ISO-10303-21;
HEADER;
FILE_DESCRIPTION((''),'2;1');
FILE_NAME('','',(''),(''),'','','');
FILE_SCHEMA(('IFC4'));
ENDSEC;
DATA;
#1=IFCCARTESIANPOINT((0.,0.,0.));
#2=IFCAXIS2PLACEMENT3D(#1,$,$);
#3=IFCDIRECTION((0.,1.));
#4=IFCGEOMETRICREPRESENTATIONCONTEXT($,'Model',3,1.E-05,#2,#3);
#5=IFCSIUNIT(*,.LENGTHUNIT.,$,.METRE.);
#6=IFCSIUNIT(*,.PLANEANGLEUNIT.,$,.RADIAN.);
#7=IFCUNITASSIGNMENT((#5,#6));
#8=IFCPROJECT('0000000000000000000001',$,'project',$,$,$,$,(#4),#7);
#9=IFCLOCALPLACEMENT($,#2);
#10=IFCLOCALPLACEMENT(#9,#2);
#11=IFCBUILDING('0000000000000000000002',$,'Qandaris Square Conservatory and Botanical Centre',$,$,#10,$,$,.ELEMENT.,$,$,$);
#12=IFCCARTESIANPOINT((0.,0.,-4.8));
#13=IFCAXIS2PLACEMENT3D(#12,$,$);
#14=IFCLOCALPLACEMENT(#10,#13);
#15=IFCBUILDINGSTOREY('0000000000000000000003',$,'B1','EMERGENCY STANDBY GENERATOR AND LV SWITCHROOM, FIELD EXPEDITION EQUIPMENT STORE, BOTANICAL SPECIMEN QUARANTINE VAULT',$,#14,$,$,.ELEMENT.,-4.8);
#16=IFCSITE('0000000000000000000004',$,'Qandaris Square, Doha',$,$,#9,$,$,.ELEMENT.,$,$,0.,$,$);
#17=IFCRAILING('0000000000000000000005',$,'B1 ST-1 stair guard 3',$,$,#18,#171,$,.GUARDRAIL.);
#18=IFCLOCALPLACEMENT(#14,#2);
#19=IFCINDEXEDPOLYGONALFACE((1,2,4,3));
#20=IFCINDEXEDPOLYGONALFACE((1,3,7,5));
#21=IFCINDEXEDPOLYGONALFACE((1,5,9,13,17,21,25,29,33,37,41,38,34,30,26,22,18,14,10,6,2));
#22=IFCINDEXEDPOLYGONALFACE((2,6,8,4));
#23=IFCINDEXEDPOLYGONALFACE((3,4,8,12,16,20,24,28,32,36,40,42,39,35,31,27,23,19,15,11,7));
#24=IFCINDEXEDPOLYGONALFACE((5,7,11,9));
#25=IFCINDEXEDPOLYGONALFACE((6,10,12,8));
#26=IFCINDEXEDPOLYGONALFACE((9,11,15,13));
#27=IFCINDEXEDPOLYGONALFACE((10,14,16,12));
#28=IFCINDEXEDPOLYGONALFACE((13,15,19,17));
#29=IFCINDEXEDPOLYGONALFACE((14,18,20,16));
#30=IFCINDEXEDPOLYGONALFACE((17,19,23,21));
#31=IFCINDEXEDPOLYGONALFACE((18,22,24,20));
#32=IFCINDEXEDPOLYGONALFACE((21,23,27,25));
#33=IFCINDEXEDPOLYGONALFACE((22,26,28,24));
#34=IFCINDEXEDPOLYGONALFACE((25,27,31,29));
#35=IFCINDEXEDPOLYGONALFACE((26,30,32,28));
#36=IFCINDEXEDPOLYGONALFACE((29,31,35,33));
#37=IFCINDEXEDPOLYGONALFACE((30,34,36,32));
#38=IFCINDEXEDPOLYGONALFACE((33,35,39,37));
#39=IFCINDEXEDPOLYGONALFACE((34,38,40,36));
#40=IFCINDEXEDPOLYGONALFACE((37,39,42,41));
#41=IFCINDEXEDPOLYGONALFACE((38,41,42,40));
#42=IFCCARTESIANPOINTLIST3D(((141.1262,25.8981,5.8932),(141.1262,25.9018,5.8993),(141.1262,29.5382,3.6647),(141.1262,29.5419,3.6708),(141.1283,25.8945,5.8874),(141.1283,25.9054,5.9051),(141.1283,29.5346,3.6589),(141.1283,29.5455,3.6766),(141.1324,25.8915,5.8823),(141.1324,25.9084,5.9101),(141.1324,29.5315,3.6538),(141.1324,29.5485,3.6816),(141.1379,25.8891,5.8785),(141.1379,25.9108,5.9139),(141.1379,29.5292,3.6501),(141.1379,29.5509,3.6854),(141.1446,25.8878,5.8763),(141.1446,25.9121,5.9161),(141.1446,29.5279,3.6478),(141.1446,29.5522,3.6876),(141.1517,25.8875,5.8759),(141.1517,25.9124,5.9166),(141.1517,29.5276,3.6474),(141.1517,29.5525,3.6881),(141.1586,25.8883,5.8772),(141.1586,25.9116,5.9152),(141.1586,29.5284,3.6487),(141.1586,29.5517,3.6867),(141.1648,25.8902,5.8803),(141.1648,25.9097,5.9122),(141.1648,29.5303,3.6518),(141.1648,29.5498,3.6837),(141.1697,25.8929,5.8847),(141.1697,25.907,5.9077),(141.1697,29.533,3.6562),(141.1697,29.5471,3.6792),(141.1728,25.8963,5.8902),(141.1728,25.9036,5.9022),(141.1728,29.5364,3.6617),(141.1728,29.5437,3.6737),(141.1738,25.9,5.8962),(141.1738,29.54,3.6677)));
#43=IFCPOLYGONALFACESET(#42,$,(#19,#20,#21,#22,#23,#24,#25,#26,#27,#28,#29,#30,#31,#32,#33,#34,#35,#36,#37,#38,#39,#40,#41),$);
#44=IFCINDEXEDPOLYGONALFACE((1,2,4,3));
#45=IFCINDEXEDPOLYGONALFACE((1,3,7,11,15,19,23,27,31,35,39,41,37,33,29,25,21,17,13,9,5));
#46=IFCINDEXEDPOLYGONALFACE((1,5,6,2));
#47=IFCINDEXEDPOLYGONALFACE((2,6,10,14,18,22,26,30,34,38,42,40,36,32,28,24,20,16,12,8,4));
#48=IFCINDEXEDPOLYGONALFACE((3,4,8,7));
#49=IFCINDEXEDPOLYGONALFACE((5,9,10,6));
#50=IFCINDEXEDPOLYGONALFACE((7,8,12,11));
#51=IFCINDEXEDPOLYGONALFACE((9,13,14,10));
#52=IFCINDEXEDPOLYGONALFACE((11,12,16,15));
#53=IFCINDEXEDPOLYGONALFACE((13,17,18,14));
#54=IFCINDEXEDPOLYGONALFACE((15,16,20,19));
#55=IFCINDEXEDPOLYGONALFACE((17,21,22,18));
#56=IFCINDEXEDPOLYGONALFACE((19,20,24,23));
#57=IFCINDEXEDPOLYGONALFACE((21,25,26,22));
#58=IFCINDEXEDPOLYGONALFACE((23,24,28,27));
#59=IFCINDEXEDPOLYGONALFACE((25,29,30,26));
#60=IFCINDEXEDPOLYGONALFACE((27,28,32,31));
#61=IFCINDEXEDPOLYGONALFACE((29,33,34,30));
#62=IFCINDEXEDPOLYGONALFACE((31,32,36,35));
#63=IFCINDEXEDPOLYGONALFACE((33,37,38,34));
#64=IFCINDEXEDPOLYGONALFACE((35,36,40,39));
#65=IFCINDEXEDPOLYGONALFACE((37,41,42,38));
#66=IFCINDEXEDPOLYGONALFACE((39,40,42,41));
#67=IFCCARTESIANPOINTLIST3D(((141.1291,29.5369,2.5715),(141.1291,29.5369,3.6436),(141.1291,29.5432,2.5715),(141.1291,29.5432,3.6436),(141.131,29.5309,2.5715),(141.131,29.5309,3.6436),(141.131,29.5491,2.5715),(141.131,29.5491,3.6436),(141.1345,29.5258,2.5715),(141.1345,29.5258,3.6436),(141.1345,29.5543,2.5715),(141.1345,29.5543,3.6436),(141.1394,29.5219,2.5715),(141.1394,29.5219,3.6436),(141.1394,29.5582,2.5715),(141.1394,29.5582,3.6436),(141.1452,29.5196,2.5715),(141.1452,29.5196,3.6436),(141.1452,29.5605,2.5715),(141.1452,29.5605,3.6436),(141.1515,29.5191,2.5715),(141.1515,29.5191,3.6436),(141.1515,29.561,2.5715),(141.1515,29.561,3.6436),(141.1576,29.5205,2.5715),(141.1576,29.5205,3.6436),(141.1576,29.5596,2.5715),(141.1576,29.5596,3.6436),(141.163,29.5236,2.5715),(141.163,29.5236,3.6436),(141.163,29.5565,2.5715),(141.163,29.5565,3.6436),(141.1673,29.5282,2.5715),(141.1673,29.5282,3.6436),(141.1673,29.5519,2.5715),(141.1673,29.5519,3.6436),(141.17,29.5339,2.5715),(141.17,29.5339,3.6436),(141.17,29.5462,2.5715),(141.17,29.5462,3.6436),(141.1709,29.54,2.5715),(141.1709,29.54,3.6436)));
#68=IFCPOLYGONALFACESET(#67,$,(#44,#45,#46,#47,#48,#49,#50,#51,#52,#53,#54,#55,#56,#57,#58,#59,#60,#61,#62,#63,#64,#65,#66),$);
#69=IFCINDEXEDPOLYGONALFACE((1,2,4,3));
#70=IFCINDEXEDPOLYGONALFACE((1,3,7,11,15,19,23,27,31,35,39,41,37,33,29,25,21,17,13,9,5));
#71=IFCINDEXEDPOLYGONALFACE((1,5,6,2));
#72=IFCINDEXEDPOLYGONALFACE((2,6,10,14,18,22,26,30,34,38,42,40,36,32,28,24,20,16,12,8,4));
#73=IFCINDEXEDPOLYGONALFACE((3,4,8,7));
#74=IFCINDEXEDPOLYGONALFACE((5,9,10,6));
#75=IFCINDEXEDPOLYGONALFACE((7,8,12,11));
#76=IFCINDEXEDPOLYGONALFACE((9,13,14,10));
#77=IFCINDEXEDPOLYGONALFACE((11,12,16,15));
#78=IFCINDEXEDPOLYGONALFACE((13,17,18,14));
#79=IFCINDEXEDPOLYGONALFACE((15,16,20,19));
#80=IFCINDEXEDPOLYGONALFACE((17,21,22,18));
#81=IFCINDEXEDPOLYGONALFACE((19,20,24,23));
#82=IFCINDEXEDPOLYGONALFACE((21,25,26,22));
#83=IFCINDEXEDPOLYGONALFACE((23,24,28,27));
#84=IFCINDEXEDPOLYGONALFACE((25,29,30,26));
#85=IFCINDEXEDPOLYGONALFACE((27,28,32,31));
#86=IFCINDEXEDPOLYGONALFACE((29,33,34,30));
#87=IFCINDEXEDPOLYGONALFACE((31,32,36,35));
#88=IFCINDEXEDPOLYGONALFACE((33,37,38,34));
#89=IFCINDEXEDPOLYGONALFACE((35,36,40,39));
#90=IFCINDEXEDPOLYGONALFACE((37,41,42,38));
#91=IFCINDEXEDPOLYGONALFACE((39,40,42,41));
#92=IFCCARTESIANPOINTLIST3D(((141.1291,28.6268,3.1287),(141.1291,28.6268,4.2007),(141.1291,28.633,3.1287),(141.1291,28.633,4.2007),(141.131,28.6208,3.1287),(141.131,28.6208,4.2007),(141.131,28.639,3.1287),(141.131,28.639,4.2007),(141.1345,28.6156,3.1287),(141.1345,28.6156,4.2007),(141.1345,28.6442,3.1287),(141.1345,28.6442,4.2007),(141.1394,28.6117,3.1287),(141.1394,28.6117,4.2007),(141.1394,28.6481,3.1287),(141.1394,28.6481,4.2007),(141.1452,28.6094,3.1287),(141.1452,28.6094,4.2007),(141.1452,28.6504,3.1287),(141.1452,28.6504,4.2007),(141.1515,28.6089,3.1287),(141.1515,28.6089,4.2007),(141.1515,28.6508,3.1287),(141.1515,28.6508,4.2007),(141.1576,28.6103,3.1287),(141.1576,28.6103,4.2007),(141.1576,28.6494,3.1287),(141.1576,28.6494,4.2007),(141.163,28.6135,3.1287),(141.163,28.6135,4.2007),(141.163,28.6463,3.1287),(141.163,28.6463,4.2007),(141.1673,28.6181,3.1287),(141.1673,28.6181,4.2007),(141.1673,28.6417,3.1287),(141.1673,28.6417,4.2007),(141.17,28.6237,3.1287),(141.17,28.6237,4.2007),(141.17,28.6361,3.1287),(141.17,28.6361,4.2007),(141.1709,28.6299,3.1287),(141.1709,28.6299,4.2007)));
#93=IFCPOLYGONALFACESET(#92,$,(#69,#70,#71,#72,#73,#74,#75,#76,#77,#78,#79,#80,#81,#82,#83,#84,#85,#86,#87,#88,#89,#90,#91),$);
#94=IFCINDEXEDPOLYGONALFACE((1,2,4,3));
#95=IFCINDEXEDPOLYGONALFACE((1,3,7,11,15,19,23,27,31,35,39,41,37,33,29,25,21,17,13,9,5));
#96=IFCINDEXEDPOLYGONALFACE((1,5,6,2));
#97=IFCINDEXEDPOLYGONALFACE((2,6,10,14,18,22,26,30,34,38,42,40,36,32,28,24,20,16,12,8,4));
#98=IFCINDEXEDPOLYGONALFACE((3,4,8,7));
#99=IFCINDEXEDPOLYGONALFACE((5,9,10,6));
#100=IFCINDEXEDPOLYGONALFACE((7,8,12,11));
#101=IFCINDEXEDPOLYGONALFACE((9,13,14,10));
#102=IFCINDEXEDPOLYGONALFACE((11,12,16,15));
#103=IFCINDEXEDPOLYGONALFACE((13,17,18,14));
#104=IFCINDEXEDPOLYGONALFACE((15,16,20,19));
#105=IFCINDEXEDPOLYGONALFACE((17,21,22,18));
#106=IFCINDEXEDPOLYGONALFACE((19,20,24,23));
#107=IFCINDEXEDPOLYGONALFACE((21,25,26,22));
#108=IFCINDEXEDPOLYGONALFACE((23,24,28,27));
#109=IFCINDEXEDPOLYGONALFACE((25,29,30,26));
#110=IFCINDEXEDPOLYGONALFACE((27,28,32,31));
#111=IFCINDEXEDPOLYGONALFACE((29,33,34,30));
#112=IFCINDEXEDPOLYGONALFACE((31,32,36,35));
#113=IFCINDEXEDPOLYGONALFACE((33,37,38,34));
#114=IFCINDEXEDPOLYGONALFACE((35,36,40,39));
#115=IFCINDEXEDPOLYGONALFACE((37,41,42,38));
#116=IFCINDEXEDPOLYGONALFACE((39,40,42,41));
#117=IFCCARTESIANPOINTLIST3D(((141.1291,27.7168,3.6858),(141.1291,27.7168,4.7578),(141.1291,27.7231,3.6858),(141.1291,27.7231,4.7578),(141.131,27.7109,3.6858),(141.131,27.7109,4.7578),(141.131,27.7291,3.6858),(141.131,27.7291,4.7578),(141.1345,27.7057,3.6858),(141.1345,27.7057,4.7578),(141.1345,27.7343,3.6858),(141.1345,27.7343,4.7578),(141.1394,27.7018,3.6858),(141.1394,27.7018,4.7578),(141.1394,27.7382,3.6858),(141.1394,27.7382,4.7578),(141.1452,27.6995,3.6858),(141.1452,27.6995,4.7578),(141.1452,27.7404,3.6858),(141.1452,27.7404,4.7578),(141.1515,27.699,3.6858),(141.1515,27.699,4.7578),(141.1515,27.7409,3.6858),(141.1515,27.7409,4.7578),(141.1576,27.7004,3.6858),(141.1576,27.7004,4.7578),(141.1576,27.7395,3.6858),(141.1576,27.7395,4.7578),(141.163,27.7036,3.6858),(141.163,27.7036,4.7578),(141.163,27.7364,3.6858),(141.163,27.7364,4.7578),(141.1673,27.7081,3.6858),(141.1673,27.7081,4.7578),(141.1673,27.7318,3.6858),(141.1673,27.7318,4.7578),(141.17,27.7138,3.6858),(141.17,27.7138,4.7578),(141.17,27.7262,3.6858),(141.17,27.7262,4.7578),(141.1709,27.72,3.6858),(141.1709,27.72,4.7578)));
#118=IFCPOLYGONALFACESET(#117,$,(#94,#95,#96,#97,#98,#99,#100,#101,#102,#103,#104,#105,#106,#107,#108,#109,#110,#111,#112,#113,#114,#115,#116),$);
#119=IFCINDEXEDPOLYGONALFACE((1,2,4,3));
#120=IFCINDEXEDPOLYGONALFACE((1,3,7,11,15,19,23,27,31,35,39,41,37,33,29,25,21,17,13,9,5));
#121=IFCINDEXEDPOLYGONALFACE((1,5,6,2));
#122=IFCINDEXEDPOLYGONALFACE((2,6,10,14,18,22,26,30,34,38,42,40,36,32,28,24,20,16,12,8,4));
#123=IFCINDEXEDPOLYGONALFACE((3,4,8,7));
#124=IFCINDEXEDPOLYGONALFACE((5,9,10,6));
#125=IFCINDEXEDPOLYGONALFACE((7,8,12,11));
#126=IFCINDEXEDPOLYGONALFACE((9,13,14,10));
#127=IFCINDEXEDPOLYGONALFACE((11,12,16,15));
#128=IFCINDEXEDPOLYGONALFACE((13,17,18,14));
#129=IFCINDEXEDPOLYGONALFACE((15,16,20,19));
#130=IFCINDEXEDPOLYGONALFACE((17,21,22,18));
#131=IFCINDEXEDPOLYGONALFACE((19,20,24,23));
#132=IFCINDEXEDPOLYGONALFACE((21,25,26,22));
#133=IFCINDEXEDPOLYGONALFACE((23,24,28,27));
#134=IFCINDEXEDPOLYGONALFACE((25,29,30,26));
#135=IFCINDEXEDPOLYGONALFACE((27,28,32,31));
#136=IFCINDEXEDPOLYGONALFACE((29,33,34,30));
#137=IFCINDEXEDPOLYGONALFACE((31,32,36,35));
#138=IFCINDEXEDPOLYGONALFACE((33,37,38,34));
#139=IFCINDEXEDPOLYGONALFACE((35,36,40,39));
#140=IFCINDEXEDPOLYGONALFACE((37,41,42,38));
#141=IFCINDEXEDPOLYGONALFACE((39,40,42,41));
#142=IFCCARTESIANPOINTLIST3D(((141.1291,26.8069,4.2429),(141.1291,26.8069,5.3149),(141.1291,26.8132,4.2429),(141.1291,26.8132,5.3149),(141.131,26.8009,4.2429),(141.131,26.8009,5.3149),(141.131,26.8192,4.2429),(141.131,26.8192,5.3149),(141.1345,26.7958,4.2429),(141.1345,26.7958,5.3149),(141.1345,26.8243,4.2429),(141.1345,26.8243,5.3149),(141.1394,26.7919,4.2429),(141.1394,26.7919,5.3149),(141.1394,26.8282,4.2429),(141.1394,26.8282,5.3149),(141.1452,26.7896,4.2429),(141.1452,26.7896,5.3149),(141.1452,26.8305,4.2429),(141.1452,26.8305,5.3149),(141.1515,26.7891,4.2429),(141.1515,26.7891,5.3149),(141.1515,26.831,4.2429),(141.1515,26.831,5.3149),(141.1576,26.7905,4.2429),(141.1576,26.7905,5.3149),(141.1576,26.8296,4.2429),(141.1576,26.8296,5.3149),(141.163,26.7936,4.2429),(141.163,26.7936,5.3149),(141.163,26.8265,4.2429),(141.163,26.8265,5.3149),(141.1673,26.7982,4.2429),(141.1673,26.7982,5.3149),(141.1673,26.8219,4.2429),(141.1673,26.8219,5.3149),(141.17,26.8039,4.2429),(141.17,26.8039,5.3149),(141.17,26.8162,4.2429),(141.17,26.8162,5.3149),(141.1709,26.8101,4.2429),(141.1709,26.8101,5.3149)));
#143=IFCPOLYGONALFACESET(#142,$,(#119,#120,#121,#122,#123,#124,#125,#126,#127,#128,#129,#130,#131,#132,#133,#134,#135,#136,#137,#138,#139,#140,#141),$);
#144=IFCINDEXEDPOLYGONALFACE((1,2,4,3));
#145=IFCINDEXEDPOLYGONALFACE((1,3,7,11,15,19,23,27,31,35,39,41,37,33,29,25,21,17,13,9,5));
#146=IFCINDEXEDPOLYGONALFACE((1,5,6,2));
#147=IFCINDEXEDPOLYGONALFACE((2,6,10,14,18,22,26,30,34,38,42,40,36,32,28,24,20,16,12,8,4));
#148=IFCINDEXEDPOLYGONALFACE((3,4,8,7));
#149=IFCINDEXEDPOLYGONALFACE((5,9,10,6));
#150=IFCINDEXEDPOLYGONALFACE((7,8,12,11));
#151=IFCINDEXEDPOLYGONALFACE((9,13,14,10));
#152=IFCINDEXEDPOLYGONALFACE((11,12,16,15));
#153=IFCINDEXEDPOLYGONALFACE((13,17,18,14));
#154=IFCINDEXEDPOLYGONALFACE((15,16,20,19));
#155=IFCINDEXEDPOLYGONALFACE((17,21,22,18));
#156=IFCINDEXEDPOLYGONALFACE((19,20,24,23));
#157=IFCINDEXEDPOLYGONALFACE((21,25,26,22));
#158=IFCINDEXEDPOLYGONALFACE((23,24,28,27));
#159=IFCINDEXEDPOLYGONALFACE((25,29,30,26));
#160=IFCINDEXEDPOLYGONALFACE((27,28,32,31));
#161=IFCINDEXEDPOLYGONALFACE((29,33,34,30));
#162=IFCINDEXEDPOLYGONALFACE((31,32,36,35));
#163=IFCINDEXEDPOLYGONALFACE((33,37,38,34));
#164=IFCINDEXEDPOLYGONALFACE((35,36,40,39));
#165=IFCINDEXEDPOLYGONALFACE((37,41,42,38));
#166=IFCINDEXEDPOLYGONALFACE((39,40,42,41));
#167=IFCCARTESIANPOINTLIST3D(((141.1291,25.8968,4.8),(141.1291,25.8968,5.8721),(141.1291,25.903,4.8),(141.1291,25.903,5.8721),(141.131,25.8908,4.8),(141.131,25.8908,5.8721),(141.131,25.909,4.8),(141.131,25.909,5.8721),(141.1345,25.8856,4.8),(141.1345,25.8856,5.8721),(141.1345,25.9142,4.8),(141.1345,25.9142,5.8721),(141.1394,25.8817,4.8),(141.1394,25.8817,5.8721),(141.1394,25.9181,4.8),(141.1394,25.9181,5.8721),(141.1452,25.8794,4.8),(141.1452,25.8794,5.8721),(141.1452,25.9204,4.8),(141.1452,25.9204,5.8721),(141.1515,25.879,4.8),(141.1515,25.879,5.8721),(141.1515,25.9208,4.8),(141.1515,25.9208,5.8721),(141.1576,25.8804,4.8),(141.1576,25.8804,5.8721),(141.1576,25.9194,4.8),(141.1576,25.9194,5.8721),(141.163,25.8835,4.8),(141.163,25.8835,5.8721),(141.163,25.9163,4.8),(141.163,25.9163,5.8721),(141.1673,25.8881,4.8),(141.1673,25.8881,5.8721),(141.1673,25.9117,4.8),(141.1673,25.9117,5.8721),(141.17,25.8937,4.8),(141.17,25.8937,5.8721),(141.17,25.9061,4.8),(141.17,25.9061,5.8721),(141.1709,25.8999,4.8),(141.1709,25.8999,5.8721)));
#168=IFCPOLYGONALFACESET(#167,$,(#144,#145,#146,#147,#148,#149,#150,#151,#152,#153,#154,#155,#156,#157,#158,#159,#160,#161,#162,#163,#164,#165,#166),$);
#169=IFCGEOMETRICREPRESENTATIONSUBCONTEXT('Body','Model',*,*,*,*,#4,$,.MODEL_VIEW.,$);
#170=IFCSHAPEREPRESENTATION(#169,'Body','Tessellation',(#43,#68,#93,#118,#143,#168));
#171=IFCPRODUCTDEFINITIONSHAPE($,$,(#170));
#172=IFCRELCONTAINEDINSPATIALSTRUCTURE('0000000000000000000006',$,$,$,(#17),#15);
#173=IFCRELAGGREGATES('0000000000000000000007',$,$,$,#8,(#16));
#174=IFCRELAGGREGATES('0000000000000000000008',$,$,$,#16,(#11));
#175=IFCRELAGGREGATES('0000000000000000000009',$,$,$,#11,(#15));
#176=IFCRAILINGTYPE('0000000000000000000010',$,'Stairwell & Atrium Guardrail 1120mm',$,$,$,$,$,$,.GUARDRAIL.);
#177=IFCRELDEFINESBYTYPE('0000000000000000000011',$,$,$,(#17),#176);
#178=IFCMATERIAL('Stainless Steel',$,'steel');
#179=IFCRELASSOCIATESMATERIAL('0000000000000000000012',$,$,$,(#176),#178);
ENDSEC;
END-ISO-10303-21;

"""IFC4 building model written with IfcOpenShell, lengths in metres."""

from ifc_helpers import new_model, si_unit, direction, frame, origin, origin_2d, place, context, subcontext, project, spatial, circle, extrude, material, type_object, element, save


model = new_model("IFC4")

# Units and contexts
model_context = context("Model", 3, precision=1e-05, world=origin(), true_north=direction((0.0, 1.0)))
body_context = subcontext(model_context, "Body", "Model", "MODEL_VIEW")
ifc_project = project(units=[si_unit("LENGTHUNIT", "METRE"), si_unit("PLANEANGLEUNIT", "RADIAN")], contexts=[model_context])

# Site, building, storey
site_placement = place(None, origin())
site = spatial("IfcSite", under=ifc_project, at=site_placement, Name="Qandaris Square, Doha", CompositionType="ELEMENT", RefElevation=0.0)
building_placement = place(site_placement, origin())
building = spatial("IfcBuilding", under=site, at=building_placement, Name="Qandaris Square Conservatory and Botanical Centre", CompositionType="ELEMENT")
storey_placement = place(building_placement, frame((0.0, 0.0, -4.8)))
storey = spatial("IfcBuildingStorey", under=building, at=storey_placement, Name="B1", Description="EMERGENCY STANDBY GENERATOR AND LV SWITCHROOM, FIELD EXPEDITION EQUIPMENT STORE, BOTANICAL SPECIMEN QUARANTINE VAULT", CompositionType="ELEMENT", Elevation=-4.8)

# Railing
ifc_material_1 = material(Name="Stainless Steel", Category="steel")
railing_type_1 = type_object("IfcRailingType", Name="Stairwell & Atrium Guardrail 1120mm", PredefinedType="GUARDRAIL", material=ifc_material_1)
railing_1_placement = place(storey_placement, frame((141.1499, 29.54, 2.5715)))
element("IfcRailing", 1, at=railing_1_placement, inside=storey, type_object=railing_type_1, Name="B1 ST-1 stair guard 3", PredefinedType="GUARDRAIL", context=body_context, shape_type="SweptSolid", body=[
    extrude(circle(Radius=0.0239, at=origin_2d()), frame((0.0, 0.0, 1.0962), z_axis=(0.0, -0.852866, 0.52213), x_axis=(1.0, 0.0, 0.0)), (0.0, 0.0, 1.0), 4.2681),
    extrude(circle(Radius=0.021, at=origin_2d()), origin(), (0.0, 0.0, 1.0), 1.072),
    extrude(circle(Radius=0.021, at=origin_2d()), frame((0.0, -0.9102, 0.5571)), (0.0, 0.0, 1.0), 1.072),
    extrude(circle(Radius=0.021, at=origin_2d()), frame((0.0, -1.8201, 1.1143)), (0.0, 0.0, 1.0), 1.072),
    extrude(circle(Radius=0.021, at=origin_2d()), frame((0.0, -2.73, 1.6714)), (0.0, 0.0, 1.0), 1.072),
    extrude(circle(Radius=0.021, at=origin_2d()), frame((0.0, -3.6401, 2.2285)), (0.0, 0.0, 1.0), 1.072),
])

save(model, "model.ifc")
